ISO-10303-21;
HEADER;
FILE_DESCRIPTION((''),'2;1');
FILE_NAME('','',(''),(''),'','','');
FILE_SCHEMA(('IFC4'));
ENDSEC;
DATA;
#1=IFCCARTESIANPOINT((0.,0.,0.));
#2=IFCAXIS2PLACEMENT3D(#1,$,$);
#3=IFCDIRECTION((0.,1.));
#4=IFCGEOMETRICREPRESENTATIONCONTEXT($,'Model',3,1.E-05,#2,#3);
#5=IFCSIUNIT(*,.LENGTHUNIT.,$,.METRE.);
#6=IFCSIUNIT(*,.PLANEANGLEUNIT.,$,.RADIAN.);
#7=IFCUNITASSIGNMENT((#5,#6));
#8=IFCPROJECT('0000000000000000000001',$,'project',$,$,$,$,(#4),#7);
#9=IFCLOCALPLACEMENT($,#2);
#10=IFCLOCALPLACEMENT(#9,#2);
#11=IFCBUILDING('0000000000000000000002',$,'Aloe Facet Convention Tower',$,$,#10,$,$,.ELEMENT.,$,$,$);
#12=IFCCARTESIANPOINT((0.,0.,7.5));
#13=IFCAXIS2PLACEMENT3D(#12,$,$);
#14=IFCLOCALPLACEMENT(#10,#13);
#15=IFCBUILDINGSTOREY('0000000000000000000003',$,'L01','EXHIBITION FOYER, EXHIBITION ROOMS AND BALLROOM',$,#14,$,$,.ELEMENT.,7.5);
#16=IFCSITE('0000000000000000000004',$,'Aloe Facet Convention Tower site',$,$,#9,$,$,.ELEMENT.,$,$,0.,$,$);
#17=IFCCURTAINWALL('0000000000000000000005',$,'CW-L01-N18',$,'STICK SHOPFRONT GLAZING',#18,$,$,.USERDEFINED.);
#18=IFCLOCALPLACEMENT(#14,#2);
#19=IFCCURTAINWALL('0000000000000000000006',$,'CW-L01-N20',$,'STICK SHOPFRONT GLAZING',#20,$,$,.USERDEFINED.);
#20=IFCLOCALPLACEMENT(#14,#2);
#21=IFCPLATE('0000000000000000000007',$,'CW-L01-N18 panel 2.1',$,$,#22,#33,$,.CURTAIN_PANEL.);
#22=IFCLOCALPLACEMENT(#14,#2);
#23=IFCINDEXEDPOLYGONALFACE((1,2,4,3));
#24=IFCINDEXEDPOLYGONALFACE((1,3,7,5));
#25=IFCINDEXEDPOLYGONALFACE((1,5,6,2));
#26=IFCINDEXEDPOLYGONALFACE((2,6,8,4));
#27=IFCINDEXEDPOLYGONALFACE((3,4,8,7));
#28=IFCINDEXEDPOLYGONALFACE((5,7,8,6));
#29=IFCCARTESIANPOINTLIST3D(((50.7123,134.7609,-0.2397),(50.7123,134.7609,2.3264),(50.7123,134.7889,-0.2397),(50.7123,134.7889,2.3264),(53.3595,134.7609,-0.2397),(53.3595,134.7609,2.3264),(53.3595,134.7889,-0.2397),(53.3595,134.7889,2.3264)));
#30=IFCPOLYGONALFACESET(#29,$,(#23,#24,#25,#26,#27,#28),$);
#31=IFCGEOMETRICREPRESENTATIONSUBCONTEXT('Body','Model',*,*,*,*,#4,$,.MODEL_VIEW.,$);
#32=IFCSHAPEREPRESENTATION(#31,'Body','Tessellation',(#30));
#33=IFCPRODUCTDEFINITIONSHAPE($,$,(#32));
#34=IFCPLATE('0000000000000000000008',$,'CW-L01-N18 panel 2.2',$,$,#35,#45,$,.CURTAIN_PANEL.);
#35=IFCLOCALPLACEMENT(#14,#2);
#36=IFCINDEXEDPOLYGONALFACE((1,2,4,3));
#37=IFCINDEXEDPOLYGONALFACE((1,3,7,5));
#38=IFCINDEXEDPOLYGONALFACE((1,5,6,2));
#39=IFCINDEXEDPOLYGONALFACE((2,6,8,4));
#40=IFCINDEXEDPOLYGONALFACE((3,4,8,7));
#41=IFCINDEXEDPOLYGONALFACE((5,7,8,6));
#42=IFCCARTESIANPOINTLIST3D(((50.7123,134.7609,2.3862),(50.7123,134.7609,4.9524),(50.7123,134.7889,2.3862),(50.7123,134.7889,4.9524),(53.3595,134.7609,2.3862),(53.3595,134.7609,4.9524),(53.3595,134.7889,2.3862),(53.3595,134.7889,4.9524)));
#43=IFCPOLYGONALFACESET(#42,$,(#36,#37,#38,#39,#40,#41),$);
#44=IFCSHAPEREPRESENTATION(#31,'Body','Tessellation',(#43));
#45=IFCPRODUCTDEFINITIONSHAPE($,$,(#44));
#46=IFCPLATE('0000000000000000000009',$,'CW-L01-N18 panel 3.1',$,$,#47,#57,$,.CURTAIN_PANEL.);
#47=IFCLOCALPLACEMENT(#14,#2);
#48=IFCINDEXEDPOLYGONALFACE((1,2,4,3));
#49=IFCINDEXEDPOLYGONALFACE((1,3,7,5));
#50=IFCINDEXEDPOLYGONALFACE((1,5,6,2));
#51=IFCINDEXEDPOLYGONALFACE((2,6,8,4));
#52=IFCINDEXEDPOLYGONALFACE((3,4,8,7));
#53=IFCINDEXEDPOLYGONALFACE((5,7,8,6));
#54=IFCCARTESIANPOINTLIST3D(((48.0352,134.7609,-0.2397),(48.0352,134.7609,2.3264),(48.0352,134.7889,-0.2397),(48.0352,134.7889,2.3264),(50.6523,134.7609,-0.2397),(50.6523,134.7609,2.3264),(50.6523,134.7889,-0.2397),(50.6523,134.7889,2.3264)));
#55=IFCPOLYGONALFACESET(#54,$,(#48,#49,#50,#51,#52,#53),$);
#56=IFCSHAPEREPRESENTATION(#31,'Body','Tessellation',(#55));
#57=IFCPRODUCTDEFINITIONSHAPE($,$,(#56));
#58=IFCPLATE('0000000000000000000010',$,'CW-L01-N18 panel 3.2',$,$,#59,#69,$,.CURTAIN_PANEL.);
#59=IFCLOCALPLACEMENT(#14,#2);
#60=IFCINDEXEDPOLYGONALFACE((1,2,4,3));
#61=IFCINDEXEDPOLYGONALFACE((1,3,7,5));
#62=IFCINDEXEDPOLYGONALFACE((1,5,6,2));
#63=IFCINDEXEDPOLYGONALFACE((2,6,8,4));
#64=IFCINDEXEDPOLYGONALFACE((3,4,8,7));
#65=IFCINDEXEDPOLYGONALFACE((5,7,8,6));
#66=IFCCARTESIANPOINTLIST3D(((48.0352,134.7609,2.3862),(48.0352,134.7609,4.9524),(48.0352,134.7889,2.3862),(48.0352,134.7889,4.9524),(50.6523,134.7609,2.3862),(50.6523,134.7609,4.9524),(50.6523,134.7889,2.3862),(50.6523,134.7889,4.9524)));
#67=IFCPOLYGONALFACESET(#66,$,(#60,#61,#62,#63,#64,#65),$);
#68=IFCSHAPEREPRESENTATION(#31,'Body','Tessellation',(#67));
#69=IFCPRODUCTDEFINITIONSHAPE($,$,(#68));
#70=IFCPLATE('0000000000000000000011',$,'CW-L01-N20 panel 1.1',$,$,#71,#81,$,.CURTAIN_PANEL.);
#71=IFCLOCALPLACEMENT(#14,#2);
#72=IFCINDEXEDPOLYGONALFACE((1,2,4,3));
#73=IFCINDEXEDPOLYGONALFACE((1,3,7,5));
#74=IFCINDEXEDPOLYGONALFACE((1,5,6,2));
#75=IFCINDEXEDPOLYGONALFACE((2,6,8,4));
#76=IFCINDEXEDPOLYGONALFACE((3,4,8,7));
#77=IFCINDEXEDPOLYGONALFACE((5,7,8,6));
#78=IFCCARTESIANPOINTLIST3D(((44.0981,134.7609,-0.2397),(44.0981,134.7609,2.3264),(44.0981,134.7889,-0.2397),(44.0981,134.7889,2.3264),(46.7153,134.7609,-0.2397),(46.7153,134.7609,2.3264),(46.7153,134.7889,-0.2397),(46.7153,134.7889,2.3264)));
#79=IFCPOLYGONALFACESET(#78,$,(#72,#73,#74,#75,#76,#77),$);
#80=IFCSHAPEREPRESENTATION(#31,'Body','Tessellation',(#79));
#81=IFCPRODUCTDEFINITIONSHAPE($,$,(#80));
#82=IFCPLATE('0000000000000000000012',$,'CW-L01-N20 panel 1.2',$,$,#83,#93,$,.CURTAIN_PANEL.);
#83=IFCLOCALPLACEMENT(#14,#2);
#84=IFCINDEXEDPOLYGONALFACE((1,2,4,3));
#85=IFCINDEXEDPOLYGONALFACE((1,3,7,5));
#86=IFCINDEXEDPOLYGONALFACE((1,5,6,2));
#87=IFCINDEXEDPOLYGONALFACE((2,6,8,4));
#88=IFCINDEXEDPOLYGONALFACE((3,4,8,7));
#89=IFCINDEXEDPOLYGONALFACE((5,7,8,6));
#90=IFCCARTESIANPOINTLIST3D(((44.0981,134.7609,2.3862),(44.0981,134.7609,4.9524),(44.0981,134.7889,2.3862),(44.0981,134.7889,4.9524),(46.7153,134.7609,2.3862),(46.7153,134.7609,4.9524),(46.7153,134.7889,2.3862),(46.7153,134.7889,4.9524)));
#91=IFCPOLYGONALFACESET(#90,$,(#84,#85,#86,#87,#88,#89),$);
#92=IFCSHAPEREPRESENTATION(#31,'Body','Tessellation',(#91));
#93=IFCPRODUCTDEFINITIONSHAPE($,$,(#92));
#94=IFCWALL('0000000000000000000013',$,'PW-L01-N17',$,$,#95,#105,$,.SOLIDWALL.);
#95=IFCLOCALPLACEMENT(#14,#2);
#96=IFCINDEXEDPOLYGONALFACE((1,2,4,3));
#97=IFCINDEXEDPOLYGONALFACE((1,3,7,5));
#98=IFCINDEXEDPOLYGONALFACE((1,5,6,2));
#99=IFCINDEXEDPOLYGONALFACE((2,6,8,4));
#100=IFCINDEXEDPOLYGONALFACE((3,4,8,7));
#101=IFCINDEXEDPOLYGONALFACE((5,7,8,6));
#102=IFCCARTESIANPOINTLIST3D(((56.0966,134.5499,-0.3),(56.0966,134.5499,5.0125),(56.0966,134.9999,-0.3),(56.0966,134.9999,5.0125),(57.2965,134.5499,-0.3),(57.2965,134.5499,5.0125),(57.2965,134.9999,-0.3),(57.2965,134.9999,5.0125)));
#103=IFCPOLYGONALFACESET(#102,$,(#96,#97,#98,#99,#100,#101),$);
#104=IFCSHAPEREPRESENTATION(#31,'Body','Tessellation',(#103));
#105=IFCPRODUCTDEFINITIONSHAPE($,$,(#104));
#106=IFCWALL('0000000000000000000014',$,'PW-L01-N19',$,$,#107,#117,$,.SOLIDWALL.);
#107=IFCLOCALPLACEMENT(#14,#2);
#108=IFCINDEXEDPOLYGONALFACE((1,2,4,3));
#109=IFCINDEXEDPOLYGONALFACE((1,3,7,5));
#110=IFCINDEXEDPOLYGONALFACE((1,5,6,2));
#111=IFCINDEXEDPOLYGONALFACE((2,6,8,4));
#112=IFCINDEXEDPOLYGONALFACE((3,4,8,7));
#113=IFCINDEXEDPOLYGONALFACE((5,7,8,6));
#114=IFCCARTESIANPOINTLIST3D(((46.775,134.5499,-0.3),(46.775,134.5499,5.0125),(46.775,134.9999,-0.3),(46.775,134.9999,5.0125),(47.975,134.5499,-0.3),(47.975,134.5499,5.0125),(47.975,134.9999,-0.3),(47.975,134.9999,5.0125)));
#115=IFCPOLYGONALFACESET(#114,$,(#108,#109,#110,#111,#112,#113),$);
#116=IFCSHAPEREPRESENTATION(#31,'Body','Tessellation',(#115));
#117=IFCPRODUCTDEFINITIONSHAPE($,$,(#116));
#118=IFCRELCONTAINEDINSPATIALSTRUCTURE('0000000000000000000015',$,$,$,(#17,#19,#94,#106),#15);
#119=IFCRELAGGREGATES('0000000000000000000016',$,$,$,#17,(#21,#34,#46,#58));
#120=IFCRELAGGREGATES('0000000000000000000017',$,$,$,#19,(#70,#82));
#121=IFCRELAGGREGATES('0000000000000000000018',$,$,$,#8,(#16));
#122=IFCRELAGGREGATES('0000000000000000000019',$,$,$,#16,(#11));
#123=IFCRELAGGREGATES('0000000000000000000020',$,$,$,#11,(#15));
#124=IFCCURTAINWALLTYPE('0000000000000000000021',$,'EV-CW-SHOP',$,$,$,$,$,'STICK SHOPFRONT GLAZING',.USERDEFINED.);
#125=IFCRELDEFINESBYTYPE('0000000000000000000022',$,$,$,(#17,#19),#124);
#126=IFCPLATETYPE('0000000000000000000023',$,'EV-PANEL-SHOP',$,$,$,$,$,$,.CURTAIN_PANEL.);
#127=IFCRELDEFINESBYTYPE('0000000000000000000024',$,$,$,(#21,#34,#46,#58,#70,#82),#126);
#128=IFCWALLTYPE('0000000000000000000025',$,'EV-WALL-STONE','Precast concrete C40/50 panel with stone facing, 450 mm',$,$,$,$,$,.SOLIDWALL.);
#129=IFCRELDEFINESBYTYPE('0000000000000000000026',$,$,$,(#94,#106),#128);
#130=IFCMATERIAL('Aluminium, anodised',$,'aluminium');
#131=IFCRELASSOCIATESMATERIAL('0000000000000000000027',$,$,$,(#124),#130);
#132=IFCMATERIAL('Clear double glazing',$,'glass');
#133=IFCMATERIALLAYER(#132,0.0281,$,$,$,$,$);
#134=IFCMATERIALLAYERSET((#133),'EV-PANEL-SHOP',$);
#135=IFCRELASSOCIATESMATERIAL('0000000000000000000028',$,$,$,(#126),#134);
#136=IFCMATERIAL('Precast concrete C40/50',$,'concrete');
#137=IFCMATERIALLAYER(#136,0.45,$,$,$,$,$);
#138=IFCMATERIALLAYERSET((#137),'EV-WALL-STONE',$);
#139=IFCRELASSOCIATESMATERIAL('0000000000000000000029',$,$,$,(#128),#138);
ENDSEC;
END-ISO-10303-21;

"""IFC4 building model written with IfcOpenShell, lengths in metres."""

from ifc_helpers import new_model, si_unit, direction, frame, frame_2d, origin, origin_2d, place, context, subcontext, project, spatial, rectangle, extrude, material, layer, layer_set, type_object, element, aggregate, save


model = new_model("IFC4")

# Units and contexts
model_context = context("Model", 3, precision=1e-05, world=origin(), true_north=direction((0.0, 1.0)))
body_context = subcontext(model_context, "Body", "Model", "MODEL_VIEW")
ifc_project = project(units=[si_unit("LENGTHUNIT", "METRE"), si_unit("PLANEANGLEUNIT", "RADIAN")], contexts=[model_context])

# Site, building, storey
site_placement = place(None, origin())
site = spatial("IfcSite", under=ifc_project, at=site_placement, Name="Aloe Facet Convention Tower site", CompositionType="ELEMENT", RefElevation=0.0)
building_placement = place(site_placement, origin())
building = spatial("IfcBuilding", under=site, at=building_placement, Name="Aloe Facet Convention Tower", CompositionType="ELEMENT")
storey_placement = place(building_placement, frame((0.0, 0.0, 7.5)))
storey = spatial("IfcBuildingStorey", under=building, at=storey_placement, Name="L01", Description="EXHIBITION FOYER, EXHIBITION ROOMS AND BALLROOM", CompositionType="ELEMENT", Elevation=7.5)

# Curtain walls
ifc_material_1 = material(Name="Aluminium, anodised", Category="aluminium")
curtain_wall_type = type_object("IfcCurtainWallType", Name="EV-CW-SHOP", ElementType="STICK SHOPFRONT GLAZING", PredefinedType="USERDEFINED", material=ifc_material_1)
curtain_wall_1_placement = place(storey_placement, origin())
curtain_wall_1 = element("IfcCurtainWall", 1, at=curtain_wall_1_placement, inside=storey, type_object=curtain_wall_type, Name="CW-L01-N18", ObjectType="STICK SHOPFRONT GLAZING", PredefinedType="USERDEFINED")
curtain_wall_2_placement = place(storey_placement, origin())
curtain_wall_2 = element("IfcCurtainWall", 2, at=curtain_wall_2_placement, inside=storey, type_object=curtain_wall_type, Name="CW-L01-N20", ObjectType="STICK SHOPFRONT GLAZING", PredefinedType="USERDEFINED")

# Plates
ifc_material_2 = material(Name="Clear double glazing", Category="glass")
ifc_layer_1 = layer(ifc_material_2, 0.0281)
ifc_layer_set_1 = layer_set([ifc_layer_1], Name="EV-PANEL-SHOP")
plate_type = type_object("IfcPlateType", Name="EV-PANEL-SHOP", PredefinedType="CURTAIN_PANEL", material=ifc_layer_set_1)
plate_1_placement = place(storey_placement, frame((52.0359, 134.7749, -0.2397), z_axis=(0.0, 0.0, 1.0), x_axis=(-1.0, 0.0, 0.0)))
plate_1 = element("IfcPlate", 3, at=plate_1_placement, type_object=plate_type, Name="CW-L01-N18 panel 2.1", PredefinedType="CURTAIN_PANEL", context=body_context, shape_type="SweptSolid", body=[
    extrude(rectangle(XDim=2.6472, YDim=0.0281, at=origin_2d()), origin(), (0.0, 0.0, 1.0), 2.5662),
])
plate_2_placement = place(storey_placement, frame((52.0359, 134.7749, 2.3862), z_axis=(0.0, 0.0, 1.0), x_axis=(-1.0, 0.0, 0.0)))
plate_2 = element("IfcPlate", 4, at=plate_2_placement, type_object=plate_type, Name="CW-L01-N18 panel 2.2", PredefinedType="CURTAIN_PANEL", context=body_context, shape_type="SweptSolid", body=[
    extrude(rectangle(XDim=2.6472, YDim=0.0281, at=origin_2d()), origin(), (0.0, 0.0, 1.0), 2.5662),
])
plate_3_placement = place(storey_placement, frame((49.3438, 134.7749, -0.2397), z_axis=(0.0, 0.0, 1.0), x_axis=(-1.0, 0.0, 0.0)))
plate_3 = element("IfcPlate", 5, at=plate_3_placement, type_object=plate_type, Name="CW-L01-N18 panel 3.1", PredefinedType="CURTAIN_PANEL", context=body_context, shape_type="SweptSolid", body=[
    extrude(rectangle(XDim=2.6172, YDim=0.0281, at=origin_2d()), origin(), (0.0, 0.0, 1.0), 2.5662),
])
plate_4_placement = place(storey_placement, frame((49.3438, 134.7749, 2.3862), z_axis=(0.0, 0.0, 1.0), x_axis=(-1.0, 0.0, 0.0)))
plate_4 = element("IfcPlate", 6, at=plate_4_placement, type_object=plate_type, Name="CW-L01-N18 panel 3.2", PredefinedType="CURTAIN_PANEL", context=body_context, shape_type="SweptSolid", body=[
    extrude(rectangle(XDim=2.6172, YDim=0.0281, at=origin_2d()), origin(), (0.0, 0.0, 1.0), 2.5662),
])
aggregate(curtain_wall_1, [plate_1, plate_2, plate_3, plate_4])
plate_5_placement = place(storey_placement, frame((45.4067, 134.7749, -0.2397), z_axis=(0.0, 0.0, 1.0), x_axis=(-1.0, 0.0, 0.0)))
plate_5 = element("IfcPlate", 7, at=plate_5_placement, type_object=plate_type, Name="CW-L01-N20 panel 1.1", PredefinedType="CURTAIN_PANEL", context=body_context, shape_type="SweptSolid", body=[
    extrude(rectangle(XDim=2.6172, YDim=0.0281, at=origin_2d()), origin(), (0.0, 0.0, 1.0), 2.5662),
])
plate_6_placement = place(storey_placement, frame((45.4067, 134.7749, 2.3862), z_axis=(0.0, 0.0, 1.0), x_axis=(-1.0, 0.0, 0.0)))
plate_6 = element("IfcPlate", 8, at=plate_6_placement, type_object=plate_type, Name="CW-L01-N20 panel 1.2", PredefinedType="CURTAIN_PANEL", context=body_context, shape_type="SweptSolid", body=[
    extrude(rectangle(XDim=2.6172, YDim=0.0281, at=origin_2d()), origin(), (0.0, 0.0, 1.0), 2.5662),
])
aggregate(curtain_wall_2, [plate_5, plate_6])

# Walls
ifc_material_3 = material(Name="Precast concrete C40/50", Category="concrete")
ifc_layer_2 = layer(ifc_material_3, 0.45)
ifc_layer_set_2 = layer_set([ifc_layer_2], Name="EV-WALL-STONE")
wall_type = type_object("IfcWallType", Name="EV-WALL-STONE", Description="Precast concrete C40/50 panel with stone facing, 450 mm", PredefinedType="SOLIDWALL", material=ifc_layer_set_2)
for number, where, z_axis, x_axis, name in (
    (9, (57.2966, 134.7749, -0.3), (0.0, 0.0, 1.0), (-1.0, 0.0, 0.0), "PW-L01-N17"),
    (10, (47.9751, 134.7749, -0.3), (0.0, 0.0, 1.0), (-1.0, 0.0, 0.0), "PW-L01-N19"),
):
    element("IfcWall", number, at=place(storey_placement, frame(where, z_axis=z_axis, x_axis=x_axis)), inside=storey, type_object=wall_type, Name=name, PredefinedType="SOLIDWALL", context=body_context, shape_type="SweptSolid", body=[
        extrude(rectangle(XDim=1.2, YDim=0.45, at=frame_2d((0.6001, 0.0))), origin(), (0.0, 0.0, 1.0), 5.3125),
    ])

save(model, "model.ifc")
